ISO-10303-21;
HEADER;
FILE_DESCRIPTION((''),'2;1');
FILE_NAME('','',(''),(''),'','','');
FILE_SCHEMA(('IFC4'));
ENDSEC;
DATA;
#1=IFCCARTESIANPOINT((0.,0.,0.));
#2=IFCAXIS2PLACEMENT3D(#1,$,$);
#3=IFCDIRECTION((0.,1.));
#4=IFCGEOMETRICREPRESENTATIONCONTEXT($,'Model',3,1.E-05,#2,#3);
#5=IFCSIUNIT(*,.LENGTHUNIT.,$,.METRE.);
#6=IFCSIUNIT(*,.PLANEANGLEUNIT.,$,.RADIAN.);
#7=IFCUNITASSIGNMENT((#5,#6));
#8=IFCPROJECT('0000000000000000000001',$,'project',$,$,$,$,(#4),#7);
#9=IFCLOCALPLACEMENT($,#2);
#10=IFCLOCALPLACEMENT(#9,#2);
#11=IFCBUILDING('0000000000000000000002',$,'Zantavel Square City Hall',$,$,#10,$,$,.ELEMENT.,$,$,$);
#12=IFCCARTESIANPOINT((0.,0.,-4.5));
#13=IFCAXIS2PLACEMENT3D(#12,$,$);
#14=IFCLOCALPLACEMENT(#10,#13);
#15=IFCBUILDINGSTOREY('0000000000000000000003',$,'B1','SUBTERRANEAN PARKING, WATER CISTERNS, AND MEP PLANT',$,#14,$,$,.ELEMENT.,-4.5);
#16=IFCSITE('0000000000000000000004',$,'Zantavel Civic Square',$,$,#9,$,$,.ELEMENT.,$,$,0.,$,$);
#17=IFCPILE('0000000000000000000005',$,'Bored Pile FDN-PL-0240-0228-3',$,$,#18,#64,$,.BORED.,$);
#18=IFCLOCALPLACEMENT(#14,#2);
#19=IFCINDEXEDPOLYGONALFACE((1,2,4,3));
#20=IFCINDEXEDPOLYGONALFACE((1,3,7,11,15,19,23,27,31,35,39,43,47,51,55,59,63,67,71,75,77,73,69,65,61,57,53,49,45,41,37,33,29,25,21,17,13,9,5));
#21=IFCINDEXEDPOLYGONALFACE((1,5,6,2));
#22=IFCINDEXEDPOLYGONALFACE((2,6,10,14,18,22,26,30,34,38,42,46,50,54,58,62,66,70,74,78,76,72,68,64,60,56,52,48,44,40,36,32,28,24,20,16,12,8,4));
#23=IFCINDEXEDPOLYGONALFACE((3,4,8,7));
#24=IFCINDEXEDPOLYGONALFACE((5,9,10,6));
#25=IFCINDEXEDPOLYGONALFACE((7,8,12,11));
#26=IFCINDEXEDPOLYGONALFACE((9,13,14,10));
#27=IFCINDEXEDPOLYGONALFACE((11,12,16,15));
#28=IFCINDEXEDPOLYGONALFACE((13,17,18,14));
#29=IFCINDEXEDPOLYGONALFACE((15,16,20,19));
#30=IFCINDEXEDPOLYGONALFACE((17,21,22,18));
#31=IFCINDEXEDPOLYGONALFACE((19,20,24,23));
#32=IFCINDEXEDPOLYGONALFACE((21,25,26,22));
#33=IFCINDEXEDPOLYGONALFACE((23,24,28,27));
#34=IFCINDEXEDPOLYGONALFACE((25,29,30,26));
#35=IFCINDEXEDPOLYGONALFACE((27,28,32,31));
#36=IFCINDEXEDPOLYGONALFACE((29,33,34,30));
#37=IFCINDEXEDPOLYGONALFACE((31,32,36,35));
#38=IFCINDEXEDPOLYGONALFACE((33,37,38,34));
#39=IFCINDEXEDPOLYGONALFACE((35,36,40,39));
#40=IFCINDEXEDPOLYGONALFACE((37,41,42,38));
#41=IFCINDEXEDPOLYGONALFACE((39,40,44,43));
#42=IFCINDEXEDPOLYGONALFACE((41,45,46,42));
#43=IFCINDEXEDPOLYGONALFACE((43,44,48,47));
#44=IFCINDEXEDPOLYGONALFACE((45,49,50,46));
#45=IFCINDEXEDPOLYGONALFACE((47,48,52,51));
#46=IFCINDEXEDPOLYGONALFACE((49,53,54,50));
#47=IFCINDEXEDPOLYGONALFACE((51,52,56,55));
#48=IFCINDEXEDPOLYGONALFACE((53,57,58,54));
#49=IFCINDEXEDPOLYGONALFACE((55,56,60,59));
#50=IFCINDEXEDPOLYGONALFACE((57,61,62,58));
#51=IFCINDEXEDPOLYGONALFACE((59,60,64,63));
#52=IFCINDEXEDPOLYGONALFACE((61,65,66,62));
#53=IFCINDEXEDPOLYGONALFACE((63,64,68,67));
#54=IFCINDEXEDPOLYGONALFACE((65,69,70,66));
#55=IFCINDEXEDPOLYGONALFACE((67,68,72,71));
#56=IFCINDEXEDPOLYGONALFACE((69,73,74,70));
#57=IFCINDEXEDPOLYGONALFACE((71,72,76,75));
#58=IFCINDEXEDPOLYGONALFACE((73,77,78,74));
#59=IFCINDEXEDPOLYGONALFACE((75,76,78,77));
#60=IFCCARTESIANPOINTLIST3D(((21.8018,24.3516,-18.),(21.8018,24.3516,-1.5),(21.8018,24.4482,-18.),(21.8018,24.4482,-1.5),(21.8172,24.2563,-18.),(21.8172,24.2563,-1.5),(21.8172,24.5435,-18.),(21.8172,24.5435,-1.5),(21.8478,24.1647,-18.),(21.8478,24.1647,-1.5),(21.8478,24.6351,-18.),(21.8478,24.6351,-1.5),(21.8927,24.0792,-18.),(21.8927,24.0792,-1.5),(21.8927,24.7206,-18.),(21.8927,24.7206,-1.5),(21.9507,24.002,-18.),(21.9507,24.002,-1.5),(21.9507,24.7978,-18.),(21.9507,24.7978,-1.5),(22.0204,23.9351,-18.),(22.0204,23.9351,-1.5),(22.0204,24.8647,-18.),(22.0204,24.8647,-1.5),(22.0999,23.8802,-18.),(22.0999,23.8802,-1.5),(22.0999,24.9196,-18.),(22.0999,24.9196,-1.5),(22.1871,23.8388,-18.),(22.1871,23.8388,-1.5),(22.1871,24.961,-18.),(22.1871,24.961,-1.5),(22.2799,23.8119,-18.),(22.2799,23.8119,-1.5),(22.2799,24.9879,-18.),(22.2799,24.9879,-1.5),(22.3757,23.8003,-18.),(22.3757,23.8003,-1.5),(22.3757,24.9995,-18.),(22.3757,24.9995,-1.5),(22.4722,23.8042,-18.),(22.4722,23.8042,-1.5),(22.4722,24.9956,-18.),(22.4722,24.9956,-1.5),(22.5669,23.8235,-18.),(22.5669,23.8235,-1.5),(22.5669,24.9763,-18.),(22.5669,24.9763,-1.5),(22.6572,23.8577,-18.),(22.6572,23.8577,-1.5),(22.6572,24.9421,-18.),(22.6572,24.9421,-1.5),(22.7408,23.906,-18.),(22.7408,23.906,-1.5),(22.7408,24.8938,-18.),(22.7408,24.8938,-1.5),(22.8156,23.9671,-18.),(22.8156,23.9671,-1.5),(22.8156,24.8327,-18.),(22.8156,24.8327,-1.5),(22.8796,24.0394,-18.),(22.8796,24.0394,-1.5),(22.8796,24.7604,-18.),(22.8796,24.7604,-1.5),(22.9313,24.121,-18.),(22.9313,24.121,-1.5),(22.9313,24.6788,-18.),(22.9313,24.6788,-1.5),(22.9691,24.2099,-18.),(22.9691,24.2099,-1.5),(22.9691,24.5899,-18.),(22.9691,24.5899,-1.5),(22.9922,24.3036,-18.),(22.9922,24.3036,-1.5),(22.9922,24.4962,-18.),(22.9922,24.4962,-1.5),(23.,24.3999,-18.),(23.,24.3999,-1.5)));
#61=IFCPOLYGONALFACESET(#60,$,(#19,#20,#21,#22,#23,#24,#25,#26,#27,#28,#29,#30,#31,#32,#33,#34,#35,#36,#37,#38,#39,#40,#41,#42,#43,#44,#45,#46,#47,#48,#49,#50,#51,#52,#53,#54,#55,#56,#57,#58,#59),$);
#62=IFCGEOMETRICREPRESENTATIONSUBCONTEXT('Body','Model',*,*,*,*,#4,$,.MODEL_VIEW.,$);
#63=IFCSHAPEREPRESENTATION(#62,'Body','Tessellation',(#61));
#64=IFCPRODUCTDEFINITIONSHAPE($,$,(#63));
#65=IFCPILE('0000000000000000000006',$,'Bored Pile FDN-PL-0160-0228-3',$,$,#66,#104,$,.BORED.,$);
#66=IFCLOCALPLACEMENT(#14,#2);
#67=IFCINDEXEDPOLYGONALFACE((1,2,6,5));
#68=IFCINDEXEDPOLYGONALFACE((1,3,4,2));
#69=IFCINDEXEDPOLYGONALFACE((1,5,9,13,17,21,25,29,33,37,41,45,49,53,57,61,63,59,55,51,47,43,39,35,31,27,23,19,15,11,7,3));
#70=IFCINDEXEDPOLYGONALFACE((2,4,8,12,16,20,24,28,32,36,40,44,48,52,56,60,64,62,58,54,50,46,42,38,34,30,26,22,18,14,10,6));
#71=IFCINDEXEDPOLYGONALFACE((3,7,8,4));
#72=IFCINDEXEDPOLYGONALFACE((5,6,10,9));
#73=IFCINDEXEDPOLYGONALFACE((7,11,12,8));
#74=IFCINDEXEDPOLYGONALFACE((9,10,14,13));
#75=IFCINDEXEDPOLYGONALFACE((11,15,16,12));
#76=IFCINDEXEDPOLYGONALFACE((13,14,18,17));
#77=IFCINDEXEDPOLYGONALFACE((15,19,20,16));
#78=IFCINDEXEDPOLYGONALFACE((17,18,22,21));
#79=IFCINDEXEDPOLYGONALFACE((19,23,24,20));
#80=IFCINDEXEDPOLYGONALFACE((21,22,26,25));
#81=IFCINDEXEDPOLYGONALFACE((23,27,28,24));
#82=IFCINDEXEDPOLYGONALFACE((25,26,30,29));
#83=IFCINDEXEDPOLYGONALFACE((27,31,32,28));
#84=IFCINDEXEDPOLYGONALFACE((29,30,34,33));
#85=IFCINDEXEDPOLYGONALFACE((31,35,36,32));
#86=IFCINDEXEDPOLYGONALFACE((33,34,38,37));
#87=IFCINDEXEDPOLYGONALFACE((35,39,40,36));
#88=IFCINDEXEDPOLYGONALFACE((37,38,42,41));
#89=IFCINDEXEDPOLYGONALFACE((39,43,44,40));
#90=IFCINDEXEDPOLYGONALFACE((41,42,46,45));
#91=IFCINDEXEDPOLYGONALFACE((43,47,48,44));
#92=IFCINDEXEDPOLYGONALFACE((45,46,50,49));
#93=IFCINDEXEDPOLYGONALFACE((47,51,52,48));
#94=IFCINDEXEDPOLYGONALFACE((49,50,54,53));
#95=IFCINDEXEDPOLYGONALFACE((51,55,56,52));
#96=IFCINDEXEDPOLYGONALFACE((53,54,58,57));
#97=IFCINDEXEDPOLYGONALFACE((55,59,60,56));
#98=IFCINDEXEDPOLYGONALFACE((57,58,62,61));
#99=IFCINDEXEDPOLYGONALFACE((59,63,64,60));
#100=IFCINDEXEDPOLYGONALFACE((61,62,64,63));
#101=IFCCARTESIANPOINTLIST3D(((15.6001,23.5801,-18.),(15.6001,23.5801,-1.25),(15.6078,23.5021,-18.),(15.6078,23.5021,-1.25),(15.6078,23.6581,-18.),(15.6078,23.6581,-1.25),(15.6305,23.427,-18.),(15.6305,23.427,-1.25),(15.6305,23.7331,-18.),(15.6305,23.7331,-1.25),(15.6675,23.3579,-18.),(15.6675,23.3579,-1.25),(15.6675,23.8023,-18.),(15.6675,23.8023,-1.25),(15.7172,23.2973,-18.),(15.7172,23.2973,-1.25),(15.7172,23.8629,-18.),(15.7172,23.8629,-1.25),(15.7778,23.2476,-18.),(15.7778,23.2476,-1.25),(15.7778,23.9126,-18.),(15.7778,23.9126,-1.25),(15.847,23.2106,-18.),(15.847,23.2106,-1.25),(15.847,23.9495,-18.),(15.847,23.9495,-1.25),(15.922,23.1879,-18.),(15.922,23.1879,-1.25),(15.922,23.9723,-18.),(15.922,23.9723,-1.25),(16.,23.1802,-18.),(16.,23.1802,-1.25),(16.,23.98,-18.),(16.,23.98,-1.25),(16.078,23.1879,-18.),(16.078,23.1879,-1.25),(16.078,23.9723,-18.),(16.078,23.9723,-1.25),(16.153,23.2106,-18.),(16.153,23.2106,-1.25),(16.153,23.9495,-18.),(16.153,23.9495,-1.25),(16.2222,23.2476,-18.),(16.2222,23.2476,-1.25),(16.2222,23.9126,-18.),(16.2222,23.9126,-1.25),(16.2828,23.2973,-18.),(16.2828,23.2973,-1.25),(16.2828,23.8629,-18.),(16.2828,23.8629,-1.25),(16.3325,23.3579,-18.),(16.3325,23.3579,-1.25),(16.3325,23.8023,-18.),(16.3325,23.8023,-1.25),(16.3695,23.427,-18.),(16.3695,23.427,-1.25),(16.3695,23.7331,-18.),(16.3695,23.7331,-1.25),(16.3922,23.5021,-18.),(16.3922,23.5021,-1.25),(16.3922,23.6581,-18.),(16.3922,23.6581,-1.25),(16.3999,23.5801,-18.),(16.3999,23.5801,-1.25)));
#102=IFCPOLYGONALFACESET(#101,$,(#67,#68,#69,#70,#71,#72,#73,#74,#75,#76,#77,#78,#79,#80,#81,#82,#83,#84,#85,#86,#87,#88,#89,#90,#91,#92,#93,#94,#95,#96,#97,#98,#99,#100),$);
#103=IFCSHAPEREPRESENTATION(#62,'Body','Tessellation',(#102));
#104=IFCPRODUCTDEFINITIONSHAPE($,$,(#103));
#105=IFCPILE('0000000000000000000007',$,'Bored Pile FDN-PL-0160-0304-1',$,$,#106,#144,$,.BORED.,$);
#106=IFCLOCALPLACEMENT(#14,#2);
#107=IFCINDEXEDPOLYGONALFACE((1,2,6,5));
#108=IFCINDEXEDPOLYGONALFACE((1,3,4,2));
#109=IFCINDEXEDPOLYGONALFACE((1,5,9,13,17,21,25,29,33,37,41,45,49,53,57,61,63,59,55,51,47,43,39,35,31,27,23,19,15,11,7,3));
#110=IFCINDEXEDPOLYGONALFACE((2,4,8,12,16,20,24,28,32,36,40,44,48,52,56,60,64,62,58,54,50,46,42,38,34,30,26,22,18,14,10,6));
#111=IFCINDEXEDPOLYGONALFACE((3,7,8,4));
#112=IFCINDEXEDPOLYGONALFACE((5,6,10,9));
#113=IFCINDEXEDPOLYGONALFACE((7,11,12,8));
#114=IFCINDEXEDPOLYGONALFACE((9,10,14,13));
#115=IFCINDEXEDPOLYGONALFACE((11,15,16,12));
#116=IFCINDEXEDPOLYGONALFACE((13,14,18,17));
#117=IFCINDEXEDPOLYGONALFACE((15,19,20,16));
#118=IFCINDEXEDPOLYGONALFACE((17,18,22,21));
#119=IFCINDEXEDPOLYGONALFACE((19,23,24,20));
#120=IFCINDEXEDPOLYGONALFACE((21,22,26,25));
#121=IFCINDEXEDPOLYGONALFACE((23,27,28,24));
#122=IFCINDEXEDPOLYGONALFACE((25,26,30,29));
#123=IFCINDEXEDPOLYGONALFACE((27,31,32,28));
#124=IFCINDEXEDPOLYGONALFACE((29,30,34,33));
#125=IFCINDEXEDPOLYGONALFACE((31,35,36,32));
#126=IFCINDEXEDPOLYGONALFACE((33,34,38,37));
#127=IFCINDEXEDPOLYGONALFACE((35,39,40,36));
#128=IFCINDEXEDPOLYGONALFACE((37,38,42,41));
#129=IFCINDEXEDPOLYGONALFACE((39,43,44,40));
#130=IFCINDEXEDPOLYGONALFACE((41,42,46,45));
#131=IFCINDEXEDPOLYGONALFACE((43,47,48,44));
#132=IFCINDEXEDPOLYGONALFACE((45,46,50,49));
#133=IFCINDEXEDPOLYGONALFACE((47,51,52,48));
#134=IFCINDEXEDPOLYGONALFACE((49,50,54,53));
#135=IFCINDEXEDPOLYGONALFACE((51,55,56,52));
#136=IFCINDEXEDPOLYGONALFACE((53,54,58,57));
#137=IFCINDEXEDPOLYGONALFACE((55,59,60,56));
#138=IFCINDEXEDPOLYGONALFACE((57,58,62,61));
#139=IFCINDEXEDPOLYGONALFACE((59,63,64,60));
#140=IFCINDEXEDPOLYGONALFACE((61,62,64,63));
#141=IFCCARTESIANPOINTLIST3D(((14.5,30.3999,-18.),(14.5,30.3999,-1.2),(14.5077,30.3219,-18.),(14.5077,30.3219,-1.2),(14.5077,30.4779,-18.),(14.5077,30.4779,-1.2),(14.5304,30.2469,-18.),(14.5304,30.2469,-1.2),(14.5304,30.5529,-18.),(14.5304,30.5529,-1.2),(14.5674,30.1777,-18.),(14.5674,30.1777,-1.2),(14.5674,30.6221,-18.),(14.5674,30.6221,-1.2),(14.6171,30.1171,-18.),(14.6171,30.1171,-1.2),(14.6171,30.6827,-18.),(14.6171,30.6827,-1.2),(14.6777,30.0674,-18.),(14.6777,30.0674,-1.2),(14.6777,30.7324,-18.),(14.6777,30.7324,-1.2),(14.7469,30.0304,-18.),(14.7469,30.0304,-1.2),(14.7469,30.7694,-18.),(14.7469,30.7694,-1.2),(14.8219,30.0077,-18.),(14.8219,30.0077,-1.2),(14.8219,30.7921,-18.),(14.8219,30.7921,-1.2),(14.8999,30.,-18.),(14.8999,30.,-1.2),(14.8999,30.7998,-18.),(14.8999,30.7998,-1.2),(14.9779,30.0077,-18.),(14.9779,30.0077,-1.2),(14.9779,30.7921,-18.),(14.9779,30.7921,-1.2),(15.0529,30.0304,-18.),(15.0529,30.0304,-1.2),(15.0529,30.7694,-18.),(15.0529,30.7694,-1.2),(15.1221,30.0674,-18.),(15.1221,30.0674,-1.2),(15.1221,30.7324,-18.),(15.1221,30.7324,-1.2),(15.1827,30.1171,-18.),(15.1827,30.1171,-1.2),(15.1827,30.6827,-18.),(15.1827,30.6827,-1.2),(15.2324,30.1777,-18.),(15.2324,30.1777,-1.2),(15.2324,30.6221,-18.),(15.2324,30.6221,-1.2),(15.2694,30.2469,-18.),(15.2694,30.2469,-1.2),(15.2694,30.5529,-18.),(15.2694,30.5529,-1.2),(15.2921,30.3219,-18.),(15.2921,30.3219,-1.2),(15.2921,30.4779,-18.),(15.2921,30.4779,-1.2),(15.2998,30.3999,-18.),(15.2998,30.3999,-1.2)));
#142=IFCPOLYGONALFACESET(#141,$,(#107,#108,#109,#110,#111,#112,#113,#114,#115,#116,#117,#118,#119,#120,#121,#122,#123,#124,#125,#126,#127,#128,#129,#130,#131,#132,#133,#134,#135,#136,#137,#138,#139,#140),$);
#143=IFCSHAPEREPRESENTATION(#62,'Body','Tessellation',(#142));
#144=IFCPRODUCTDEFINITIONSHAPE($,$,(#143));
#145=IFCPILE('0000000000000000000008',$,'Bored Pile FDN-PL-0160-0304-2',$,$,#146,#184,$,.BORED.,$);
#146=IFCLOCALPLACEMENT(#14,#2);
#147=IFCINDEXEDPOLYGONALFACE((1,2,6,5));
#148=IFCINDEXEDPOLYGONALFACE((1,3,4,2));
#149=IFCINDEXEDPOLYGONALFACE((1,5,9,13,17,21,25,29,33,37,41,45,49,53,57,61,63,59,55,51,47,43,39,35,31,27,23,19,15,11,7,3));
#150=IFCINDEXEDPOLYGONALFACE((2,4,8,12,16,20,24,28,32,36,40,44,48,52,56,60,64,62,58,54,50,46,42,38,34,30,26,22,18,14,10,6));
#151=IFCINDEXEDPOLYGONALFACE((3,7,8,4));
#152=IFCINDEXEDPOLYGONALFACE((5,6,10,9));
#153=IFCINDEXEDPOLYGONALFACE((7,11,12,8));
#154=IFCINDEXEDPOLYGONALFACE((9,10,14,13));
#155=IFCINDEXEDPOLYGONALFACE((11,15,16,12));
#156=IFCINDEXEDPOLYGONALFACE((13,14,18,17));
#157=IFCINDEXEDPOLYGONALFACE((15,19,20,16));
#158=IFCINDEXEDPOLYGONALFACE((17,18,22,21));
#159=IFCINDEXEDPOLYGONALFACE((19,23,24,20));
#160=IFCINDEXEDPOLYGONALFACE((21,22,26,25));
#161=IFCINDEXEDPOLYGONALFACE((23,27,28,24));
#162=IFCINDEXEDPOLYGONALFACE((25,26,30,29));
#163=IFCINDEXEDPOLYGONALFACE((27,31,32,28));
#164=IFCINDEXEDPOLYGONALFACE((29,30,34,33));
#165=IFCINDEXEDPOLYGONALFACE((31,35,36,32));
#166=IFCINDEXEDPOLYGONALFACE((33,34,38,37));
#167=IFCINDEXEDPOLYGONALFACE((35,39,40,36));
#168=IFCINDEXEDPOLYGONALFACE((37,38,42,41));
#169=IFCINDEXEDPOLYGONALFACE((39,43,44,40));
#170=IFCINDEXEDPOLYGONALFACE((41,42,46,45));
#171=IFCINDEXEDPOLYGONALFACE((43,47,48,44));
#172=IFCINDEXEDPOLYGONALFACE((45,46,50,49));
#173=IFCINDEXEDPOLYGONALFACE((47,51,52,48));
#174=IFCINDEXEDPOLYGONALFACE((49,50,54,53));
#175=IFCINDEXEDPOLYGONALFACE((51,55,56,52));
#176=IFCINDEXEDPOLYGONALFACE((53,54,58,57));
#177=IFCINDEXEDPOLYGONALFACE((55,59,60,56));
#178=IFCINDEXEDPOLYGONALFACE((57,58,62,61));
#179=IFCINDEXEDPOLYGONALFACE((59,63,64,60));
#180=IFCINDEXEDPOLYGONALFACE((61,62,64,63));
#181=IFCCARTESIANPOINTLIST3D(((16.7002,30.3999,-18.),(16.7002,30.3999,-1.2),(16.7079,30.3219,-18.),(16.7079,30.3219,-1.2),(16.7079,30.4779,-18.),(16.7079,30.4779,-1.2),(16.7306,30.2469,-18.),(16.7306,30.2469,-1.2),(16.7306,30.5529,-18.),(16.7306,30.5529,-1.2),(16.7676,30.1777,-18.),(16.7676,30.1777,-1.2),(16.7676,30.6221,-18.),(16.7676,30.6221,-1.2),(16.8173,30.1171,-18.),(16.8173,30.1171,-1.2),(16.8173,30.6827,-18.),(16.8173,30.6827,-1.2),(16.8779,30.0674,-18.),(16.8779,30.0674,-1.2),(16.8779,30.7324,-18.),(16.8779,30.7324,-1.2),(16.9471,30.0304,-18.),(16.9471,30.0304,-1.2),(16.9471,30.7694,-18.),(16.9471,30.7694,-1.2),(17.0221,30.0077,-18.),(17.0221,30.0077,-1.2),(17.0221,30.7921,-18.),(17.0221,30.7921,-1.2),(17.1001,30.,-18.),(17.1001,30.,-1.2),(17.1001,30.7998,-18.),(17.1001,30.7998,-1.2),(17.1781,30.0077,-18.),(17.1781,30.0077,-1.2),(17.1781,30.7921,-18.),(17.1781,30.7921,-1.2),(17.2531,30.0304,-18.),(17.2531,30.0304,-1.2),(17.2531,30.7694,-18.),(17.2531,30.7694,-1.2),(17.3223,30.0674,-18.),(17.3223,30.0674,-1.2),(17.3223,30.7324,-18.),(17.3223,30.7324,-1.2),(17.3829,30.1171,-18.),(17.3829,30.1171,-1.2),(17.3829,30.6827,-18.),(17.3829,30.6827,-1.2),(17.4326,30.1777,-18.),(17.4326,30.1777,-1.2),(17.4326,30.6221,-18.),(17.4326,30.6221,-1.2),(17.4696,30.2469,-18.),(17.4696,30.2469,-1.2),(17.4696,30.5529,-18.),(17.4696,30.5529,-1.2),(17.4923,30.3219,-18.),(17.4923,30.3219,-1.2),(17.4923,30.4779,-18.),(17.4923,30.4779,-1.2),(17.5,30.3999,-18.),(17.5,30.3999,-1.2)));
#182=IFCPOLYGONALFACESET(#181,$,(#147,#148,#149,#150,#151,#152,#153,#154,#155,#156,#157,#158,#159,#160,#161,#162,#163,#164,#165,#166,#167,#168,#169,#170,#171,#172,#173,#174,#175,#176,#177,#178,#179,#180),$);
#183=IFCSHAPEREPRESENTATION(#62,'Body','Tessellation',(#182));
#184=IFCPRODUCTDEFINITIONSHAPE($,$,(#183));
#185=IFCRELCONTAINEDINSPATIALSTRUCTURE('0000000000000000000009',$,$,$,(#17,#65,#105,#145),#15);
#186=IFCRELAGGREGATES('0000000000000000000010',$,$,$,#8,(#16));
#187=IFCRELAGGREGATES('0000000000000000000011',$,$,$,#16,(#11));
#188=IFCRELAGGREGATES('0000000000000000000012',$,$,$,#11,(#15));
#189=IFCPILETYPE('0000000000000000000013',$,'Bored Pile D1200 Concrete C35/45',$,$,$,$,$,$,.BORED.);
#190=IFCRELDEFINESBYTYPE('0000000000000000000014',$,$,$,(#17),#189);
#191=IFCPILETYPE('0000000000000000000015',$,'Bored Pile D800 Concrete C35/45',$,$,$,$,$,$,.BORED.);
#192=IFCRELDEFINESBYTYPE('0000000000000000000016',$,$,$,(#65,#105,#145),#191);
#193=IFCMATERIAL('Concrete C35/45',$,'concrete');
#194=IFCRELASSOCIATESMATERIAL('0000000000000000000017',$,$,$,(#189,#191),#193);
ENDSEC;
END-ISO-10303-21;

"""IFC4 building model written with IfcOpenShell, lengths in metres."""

from ifc_helpers import new_model, si_unit, direction, frame, origin, origin_2d, place, context, subcontext, project, spatial, circle, extrude, material, material_profile, profile_set, type_object, element, save


model = new_model("IFC4")

# Units and contexts
model_context = context("Model", 3, precision=1e-05, world=origin(), true_north=direction((0.0, 1.0)))
body_context = subcontext(model_context, "Body", "Model", "MODEL_VIEW")
ifc_project = project(units=[si_unit("LENGTHUNIT", "METRE"), si_unit("PLANEANGLEUNIT", "RADIAN")], contexts=[model_context])

# Site, building, storey
site_placement = place(None, origin())
site = spatial("IfcSite", under=ifc_project, at=site_placement, Name="Zantavel Civic Square", CompositionType="ELEMENT", RefElevation=0.0)
building_placement = place(site_placement, origin())
building = spatial("IfcBuilding", under=site, at=building_placement, Name="Zantavel Square City Hall", CompositionType="ELEMENT")
storey_placement = place(building_placement, frame((0.0, 0.0, -4.5)))
storey = spatial("IfcBuildingStorey", under=building, at=storey_placement, Name="B1", Description="SUBTERRANEAN PARKING, WATER CISTERNS, AND MEP PLANT", CompositionType="ELEMENT", Elevation=-4.5)

# Piles
ifc_material_1 = material(Name="Concrete C35/45", Category="concrete")
ifc_material_profile_1 = material_profile(ifc_material_1, circle(Radius=0.6001, at=origin_2d()), Name="PILE D1200")
ifc_profile_set_1 = profile_set([ifc_material_profile_1], Name="Concrete C35/45")
pile_type_1 = type_object("IfcPileType", Name="Bored Pile D1200 Concrete C35/45", PredefinedType="BORED", material=ifc_profile_set_1)
pile_1_placement = place(storey_placement, frame((22.3999, 24.3999, -1.5), z_axis=(0.0, 0.0, -1.0), x_axis=(1.0, 0.0, 0.0)))
element("IfcPile", 1, at=pile_1_placement, inside=storey, type_object=pile_type_1, Name="Bored Pile FDN-PL-0240-0228-3", PredefinedType="BORED", context=body_context, shape_type="SweptSolid", body=[
    extrude(circle(Radius=0.6001, at=origin_2d()), origin(), (0.0, 0.0, 1.0), 16.5),
])
ifc_material_profile_2 = material_profile(ifc_material_1, circle(Radius=0.3999, at=origin_2d()), Name="PILE D800")
ifc_profile_set_2 = profile_set([ifc_material_profile_2], Name="Concrete C35/45")
pile_type_2 = type_object("IfcPileType", Name="Bored Pile D800 Concrete C35/45", PredefinedType="BORED", material=ifc_profile_set_2)
pile_2_placement = place(storey_placement, frame((16.0, 23.5801, -1.25), z_axis=(0.0, 0.0, -1.0), x_axis=(1.0, 0.0, 0.0)))
element("IfcPile", 2, at=pile_2_placement, inside=storey, type_object=pile_type_2, Name="Bored Pile FDN-PL-0160-0228-3", PredefinedType="BORED", context=body_context, shape_type="SweptSolid", body=[
    extrude(circle(Radius=0.3999, at=origin_2d()), origin(), (0.0, 0.0, 1.0), 16.75),
])
for number, where, z_axis, x_axis, name in (
    (3, (14.8999, 30.3999, -1.2), (0.0, 0.0, -1.0), (1.0, 0.0, 0.0), "Bored Pile FDN-PL-0160-0304-1"),
    (4, (17.1001, 30.3999, -1.2), (0.0, 0.0, -1.0), (1.0, 0.0, 0.0), "Bored Pile FDN-PL-0160-0304-2"),
):
    element("IfcPile", number, at=place(storey_placement, frame(where, z_axis=z_axis, x_axis=x_axis)), inside=storey, type_object=pile_type_2, Name=name, PredefinedType="BORED", context=body_context, shape_type="SweptSolid", body=[
        extrude(circle(Radius=0.3999, at=origin_2d()), origin(), (0.0, 0.0, 1.0), 16.8),
    ])

save(model, "model.ifc")
